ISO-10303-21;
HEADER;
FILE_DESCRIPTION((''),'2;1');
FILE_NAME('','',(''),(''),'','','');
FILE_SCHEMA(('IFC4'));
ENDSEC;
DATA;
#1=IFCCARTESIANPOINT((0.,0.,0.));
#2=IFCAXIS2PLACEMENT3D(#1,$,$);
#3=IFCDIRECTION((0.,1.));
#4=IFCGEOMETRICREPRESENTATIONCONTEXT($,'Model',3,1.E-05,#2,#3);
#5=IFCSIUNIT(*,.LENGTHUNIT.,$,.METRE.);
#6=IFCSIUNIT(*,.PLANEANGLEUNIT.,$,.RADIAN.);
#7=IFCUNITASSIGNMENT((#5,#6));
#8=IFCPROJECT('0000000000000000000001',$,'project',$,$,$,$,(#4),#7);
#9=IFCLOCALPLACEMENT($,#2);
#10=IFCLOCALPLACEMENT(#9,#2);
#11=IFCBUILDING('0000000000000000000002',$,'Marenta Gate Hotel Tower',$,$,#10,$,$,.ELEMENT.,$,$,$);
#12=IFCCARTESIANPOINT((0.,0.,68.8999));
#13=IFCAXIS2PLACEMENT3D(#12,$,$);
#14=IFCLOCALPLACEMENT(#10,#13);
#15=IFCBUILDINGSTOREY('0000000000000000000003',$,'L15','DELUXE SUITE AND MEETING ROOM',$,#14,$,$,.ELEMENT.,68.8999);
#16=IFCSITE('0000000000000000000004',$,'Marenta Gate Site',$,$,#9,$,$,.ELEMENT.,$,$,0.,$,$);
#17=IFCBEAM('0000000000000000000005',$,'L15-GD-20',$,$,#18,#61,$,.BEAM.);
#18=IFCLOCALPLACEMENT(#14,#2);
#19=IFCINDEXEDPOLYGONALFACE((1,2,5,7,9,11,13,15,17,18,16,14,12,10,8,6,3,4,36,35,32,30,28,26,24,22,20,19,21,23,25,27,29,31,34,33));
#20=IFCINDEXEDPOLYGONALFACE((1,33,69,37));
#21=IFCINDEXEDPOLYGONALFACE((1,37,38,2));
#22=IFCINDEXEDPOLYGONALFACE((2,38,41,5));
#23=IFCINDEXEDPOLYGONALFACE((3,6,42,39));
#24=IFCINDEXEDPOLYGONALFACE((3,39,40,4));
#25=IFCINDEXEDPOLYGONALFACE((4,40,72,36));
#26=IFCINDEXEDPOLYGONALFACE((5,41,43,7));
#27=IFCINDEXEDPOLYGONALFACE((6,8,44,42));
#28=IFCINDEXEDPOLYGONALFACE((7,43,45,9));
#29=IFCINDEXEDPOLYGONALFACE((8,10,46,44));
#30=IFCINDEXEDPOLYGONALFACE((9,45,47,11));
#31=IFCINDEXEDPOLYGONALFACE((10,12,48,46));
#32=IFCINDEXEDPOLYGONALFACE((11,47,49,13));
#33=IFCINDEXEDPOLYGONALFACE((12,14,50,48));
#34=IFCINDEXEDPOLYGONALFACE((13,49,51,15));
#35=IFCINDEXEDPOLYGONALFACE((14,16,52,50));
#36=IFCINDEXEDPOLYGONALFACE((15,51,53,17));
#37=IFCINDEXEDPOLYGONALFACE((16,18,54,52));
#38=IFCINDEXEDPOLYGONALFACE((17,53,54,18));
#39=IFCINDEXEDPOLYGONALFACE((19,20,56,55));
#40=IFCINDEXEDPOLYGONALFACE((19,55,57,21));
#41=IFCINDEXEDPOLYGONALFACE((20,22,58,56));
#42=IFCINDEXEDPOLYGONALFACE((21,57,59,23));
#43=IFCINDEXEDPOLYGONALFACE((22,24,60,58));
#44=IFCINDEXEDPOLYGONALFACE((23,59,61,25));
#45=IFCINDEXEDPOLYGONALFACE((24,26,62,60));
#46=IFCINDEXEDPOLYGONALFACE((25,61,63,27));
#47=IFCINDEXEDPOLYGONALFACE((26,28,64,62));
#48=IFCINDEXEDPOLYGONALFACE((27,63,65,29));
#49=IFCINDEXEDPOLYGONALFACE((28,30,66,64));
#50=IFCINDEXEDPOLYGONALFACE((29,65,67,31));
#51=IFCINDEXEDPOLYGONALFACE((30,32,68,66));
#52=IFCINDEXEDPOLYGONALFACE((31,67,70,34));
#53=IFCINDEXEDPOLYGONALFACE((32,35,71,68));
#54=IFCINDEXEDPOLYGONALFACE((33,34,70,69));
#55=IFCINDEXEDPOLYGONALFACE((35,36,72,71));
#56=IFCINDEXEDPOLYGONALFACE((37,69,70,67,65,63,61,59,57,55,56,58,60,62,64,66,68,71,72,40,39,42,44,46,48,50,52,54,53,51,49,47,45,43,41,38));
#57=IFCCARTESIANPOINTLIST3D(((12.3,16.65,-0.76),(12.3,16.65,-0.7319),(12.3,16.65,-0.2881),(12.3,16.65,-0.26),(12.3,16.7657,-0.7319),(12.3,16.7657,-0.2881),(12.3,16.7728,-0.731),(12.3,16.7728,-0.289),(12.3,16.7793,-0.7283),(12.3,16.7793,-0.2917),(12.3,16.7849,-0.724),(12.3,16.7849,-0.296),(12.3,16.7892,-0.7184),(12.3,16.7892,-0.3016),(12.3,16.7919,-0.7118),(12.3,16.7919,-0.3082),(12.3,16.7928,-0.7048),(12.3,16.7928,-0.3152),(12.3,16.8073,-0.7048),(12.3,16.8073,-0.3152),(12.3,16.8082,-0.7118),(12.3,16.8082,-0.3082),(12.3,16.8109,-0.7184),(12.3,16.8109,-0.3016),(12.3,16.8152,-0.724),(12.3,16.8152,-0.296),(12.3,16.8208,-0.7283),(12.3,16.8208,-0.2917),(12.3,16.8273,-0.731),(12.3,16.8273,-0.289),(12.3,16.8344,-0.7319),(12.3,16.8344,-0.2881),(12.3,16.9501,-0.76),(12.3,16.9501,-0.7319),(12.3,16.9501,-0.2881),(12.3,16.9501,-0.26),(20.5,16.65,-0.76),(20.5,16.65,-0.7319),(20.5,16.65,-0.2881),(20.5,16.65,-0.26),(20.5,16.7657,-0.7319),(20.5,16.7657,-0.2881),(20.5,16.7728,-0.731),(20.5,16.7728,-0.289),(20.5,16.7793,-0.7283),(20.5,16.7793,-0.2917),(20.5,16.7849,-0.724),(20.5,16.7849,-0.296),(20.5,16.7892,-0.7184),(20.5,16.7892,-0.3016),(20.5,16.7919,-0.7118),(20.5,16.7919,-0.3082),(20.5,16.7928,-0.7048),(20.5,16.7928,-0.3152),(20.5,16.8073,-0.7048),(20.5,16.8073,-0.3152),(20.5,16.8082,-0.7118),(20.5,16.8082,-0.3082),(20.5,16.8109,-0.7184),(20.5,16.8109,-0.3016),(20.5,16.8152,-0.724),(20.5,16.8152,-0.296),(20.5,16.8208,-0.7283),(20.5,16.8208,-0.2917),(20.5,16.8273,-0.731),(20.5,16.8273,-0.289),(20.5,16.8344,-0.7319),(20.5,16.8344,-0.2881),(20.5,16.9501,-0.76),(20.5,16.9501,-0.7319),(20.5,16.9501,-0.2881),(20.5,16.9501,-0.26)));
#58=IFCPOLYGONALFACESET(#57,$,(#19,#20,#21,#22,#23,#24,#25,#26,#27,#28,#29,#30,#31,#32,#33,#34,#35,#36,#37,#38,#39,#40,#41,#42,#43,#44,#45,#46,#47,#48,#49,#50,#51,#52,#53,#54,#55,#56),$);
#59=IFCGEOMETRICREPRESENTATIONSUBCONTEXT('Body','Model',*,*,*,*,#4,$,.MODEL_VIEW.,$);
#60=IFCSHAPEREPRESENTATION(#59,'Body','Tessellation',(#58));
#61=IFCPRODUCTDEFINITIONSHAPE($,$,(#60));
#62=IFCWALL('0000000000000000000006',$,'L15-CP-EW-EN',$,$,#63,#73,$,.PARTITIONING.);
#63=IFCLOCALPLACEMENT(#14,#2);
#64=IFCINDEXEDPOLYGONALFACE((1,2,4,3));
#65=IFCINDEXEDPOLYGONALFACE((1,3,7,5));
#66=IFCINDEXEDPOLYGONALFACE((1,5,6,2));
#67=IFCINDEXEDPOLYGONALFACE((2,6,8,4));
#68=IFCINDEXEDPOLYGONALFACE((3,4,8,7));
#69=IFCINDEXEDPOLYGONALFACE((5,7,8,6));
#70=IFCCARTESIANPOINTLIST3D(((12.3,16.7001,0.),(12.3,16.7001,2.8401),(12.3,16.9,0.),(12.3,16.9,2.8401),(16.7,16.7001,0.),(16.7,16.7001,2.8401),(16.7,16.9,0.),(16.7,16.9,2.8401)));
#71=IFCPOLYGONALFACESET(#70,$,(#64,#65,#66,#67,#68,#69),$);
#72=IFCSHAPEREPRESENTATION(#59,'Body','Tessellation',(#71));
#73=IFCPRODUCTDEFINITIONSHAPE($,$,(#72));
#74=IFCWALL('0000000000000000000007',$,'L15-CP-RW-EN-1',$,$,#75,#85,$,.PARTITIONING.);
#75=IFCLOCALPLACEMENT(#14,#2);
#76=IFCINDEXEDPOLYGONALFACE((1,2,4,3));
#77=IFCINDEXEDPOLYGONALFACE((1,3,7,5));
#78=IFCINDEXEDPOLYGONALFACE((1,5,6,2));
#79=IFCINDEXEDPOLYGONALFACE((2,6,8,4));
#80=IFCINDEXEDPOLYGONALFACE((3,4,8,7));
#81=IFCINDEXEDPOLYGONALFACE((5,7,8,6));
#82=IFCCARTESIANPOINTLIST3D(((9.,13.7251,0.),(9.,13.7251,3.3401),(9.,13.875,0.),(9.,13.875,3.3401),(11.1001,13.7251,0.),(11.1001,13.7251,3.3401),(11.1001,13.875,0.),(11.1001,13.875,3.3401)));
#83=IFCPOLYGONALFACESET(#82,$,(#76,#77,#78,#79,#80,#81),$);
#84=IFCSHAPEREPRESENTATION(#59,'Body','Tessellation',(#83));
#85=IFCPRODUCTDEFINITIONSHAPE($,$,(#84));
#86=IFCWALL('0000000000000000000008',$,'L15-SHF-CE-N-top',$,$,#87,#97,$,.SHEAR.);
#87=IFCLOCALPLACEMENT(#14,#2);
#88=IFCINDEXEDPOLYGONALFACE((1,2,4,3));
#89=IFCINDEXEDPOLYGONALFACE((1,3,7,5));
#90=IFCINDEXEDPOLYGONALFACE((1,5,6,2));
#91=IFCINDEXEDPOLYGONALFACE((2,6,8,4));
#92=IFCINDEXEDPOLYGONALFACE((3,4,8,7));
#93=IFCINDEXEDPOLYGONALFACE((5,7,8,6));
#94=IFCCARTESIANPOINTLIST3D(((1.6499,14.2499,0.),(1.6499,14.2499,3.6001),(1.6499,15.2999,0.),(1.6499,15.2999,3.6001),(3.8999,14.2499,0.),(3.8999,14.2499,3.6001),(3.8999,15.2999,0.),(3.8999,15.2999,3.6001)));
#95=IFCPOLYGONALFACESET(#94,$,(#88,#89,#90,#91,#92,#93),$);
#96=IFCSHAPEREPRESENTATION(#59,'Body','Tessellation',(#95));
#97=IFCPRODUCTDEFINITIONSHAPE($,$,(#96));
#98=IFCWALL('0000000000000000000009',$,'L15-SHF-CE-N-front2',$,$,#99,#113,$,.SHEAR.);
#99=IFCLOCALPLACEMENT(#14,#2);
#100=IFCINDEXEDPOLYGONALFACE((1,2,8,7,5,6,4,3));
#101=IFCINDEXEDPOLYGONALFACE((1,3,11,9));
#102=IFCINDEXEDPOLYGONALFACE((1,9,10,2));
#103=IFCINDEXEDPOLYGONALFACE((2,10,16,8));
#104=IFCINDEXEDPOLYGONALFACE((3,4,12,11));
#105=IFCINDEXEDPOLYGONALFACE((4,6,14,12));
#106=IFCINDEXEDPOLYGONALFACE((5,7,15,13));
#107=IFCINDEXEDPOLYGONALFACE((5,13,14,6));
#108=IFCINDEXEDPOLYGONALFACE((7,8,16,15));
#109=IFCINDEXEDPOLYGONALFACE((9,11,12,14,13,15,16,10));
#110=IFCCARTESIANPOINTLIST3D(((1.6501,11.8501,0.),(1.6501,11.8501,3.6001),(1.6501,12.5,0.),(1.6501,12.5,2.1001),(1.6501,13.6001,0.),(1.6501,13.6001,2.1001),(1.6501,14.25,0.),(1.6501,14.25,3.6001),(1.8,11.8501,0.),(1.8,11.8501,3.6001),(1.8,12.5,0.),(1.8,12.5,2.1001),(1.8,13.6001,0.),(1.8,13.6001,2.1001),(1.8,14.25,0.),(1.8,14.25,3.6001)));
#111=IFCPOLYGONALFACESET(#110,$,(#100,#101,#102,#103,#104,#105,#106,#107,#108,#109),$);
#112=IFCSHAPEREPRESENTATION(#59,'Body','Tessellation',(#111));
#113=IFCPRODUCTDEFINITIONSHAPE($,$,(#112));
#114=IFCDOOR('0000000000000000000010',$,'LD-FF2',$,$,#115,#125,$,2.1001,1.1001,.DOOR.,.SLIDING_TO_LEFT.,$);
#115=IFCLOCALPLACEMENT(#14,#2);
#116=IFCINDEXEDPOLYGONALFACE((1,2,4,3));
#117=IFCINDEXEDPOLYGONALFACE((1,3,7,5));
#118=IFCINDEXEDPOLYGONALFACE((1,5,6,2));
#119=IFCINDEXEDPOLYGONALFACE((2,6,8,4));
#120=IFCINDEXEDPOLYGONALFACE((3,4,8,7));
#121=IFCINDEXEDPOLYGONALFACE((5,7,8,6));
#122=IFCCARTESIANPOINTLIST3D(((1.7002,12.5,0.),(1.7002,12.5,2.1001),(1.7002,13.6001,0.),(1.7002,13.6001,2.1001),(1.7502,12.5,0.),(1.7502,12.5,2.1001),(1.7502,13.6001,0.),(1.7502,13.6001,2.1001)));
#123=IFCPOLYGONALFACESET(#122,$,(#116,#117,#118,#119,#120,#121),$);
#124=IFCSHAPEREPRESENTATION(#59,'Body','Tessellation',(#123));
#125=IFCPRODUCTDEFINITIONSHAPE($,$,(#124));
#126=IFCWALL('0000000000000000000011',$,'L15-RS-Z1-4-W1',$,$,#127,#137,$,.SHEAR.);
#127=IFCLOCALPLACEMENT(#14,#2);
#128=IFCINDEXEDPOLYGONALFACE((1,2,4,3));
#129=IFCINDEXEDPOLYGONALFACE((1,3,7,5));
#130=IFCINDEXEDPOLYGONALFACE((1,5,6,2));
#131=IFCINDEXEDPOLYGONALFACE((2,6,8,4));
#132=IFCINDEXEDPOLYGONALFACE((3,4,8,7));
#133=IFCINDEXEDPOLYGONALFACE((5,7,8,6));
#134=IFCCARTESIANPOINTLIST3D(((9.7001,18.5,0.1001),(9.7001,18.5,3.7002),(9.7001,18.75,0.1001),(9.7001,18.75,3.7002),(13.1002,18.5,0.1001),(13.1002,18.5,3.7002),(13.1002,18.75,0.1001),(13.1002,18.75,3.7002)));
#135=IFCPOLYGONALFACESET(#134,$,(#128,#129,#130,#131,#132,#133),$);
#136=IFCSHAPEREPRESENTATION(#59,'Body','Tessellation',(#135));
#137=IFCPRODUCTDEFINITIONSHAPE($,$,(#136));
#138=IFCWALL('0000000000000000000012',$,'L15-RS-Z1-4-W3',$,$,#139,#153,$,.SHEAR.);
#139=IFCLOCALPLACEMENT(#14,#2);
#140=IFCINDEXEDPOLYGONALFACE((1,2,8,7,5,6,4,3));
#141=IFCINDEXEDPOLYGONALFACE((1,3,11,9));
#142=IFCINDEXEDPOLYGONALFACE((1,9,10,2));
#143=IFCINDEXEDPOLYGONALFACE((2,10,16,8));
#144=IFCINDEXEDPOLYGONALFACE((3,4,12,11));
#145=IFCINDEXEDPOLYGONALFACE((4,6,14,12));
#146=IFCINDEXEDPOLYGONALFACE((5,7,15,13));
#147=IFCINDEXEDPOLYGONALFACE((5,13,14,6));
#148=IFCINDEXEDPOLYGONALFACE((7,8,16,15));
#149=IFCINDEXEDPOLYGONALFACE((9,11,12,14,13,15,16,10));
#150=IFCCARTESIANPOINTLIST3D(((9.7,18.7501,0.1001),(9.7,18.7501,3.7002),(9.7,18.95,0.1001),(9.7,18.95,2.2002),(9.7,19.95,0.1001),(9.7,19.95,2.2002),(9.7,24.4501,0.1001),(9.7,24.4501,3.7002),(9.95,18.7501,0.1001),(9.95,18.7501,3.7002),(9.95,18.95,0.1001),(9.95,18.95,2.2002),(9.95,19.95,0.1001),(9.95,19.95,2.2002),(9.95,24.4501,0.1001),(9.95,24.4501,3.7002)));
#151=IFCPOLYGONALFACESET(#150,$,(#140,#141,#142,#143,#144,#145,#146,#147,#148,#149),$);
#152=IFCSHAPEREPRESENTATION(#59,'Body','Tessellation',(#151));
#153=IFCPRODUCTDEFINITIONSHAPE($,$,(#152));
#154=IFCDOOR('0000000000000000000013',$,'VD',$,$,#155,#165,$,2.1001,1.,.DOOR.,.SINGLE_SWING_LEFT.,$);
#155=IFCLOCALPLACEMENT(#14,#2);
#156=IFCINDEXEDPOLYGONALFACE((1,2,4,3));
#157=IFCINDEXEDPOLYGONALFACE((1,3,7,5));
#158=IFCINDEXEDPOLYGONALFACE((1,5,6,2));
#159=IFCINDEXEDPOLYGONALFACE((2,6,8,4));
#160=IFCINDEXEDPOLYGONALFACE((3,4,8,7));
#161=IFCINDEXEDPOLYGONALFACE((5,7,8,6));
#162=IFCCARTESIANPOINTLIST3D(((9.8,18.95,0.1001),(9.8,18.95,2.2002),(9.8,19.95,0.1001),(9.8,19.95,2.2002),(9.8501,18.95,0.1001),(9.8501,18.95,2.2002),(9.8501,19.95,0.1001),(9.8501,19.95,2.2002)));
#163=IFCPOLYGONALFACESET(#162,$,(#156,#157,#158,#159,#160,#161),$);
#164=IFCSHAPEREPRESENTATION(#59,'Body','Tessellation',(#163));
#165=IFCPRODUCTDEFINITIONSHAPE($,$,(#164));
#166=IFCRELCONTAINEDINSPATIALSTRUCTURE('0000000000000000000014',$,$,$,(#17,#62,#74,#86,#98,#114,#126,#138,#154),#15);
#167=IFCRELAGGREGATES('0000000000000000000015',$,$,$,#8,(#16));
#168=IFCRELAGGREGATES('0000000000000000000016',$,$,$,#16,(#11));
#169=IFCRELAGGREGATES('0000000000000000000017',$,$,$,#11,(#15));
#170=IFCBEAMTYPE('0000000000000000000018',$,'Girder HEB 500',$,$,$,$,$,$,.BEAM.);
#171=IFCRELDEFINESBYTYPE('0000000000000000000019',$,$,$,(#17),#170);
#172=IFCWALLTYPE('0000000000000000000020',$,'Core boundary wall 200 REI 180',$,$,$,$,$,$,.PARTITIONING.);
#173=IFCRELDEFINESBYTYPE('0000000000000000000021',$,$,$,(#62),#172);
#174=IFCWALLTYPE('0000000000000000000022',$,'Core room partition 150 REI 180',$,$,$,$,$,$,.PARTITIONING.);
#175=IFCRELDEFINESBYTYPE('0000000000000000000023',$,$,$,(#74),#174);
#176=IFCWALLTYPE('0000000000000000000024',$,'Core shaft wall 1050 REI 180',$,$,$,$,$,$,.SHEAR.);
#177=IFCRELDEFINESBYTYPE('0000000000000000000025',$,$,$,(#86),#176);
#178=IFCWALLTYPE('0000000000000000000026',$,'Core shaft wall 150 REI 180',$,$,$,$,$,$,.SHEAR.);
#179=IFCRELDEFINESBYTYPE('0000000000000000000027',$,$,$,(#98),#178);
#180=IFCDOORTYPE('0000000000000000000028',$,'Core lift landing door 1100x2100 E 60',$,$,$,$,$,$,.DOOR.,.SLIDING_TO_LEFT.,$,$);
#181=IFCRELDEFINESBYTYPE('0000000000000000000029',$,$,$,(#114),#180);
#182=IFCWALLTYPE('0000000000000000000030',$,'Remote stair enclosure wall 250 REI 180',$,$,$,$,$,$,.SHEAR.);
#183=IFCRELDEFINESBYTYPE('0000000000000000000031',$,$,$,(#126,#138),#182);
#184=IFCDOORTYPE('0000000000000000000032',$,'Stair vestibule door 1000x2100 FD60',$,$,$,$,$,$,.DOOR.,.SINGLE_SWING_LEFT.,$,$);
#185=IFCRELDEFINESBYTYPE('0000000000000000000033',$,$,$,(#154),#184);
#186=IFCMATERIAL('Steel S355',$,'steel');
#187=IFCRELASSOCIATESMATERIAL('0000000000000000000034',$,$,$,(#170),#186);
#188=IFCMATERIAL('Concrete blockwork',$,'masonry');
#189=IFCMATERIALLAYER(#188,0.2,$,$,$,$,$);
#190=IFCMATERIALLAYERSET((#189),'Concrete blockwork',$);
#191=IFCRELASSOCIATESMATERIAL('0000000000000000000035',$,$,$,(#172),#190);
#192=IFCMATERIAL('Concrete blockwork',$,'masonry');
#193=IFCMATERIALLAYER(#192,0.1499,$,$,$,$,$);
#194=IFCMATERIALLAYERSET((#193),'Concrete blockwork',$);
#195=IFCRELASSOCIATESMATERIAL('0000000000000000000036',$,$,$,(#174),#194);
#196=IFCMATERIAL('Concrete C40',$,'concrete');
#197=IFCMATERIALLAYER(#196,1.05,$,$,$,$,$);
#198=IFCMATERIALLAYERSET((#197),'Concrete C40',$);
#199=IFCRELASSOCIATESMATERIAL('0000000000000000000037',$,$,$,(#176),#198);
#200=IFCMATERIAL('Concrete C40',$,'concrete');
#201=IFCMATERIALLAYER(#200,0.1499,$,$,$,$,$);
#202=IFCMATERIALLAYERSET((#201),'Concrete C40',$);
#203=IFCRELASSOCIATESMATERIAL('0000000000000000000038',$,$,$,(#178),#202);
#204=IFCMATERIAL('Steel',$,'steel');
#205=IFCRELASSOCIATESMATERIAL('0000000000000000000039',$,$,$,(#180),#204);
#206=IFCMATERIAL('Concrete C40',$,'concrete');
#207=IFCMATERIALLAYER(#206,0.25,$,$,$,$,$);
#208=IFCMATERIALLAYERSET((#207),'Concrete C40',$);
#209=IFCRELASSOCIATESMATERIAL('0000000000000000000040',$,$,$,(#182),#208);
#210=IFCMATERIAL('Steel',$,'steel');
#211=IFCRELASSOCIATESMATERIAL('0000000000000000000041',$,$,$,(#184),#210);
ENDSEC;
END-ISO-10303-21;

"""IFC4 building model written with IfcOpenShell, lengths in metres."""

from ifc_helpers import new_model, si_unit, direction, frame, frame_2d, origin, origin_2d, place, context, subcontext, project, spatial, rectangle, i_section, extrude, material, layer, layer_set, material_profile, profile_set, type_object, element, fill, save


model = new_model("IFC4")

# Units and contexts
model_context = context("Model", 3, precision=1e-05, world=origin(), true_north=direction((0.0, 1.0)))
body_context = subcontext(model_context, "Body", "Model", "MODEL_VIEW")
ifc_project = project(units=[si_unit("LENGTHUNIT", "METRE"), si_unit("PLANEANGLEUNIT", "RADIAN")], contexts=[model_context])

# Site, building, storey
site_placement = place(None, origin())
site = spatial("IfcSite", under=ifc_project, at=site_placement, Name="Marenta Gate Site", CompositionType="ELEMENT", RefElevation=0.0)
building_placement = place(site_placement, origin())
building = spatial("IfcBuilding", under=site, at=building_placement, Name="Marenta Gate Hotel Tower", CompositionType="ELEMENT")
storey_placement = place(building_placement, frame((0.0, 0.0, 68.8999)))
storey = spatial("IfcBuildingStorey", under=building, at=storey_placement, Name="L15", Description="DELUXE SUITE AND MEETING ROOM", CompositionType="ELEMENT", Elevation=68.8999)

# Beam
ifc_material_1 = material(Name="Steel S355", Category="steel")
ifc_material_profile = material_profile(ifc_material_1, i_section(OverallWidth=0.3, OverallDepth=0.5, WebThickness=0.0144, FlangeThickness=0.0281, FilletRadius=0.0271, at=origin_2d()), Name="HEB 500")
ifc_profile_set = profile_set([ifc_material_profile], Name="Steel S355")
beam_type = type_object("IfcBeamType", Name="Girder HEB 500", PredefinedType="BEAM", material=ifc_profile_set)
beam_placement = place(storey_placement, frame((12.3, 16.8, -0.51), z_axis=(1.0, 0.0, 0.0), x_axis=(0.0, 1.0, 0.0)))
element("IfcBeam", 1, at=beam_placement, inside=storey, type_object=beam_type, Name="L15-GD-20", PredefinedType="BEAM", context=body_context, shape_type="SweptSolid", body=[
    extrude(i_section(OverallWidth=0.3, OverallDepth=0.5, WebThickness=0.0144, FlangeThickness=0.0281, FilletRadius=0.0271, at=origin_2d()), origin(), (0.0, 0.0, 1.0), 8.2),
])

# Walls
ifc_material_2 = material(Name="Concrete blockwork", Category="masonry")
ifc_layer_1 = layer(ifc_material_2, 0.2)
ifc_layer_set_1 = layer_set([ifc_layer_1], Name="Concrete blockwork")
wall_type_1 = type_object("IfcWallType", Name="Core boundary wall 200 REI 180", PredefinedType="PARTITIONING", material=ifc_layer_set_1)
wall_1_placement = place(storey_placement, frame((12.3, 16.8, 0.0), z_axis=(0.0, 0.0, 1.0), x_axis=(1.0, 0.0, 0.0)))
element("IfcWall", 2, at=wall_1_placement, inside=storey, type_object=wall_type_1, Name="L15-CP-EW-EN", PredefinedType="PARTITIONING", context=body_context, shape_type="SweptSolid", body=[
    extrude(rectangle(XDim=4.3999, YDim=0.2, at=frame_2d((2.2, 0.0))), origin(), (0.0, 0.0, 1.0), 2.8401),
])
ifc_material_3 = material(Name="Concrete blockwork", Category="masonry")
ifc_layer_2 = layer(ifc_material_3, 0.1499)
ifc_layer_set_2 = layer_set([ifc_layer_2], Name="Concrete blockwork")
wall_type_2 = type_object("IfcWallType", Name="Core room partition 150 REI 180", PredefinedType="PARTITIONING", material=ifc_layer_set_2)
wall_2_placement = place(storey_placement, frame((9.0, 13.8, 0.0), z_axis=(0.0, 0.0, 1.0), x_axis=(1.0, 0.0, 0.0)))
element("IfcWall", 3, at=wall_2_placement, inside=storey, type_object=wall_type_2, Name="L15-CP-RW-EN-1", PredefinedType="PARTITIONING", context=body_context, shape_type="SweptSolid", body=[
    extrude(rectangle(XDim=2.1001, YDim=0.1499, at=frame_2d((1.05, 0.0))), origin(), (0.0, 0.0, 1.0), 3.3401),
])
ifc_material_4 = material(Name="Concrete C40", Category="concrete")
ifc_layer_3 = layer(ifc_material_4, 1.05)
ifc_layer_set_3 = layer_set([ifc_layer_3], Name="Concrete C40")
wall_type_3 = type_object("IfcWallType", Name="Core shaft wall 1050 REI 180", PredefinedType="SHEAR", material=ifc_layer_set_3)
wall_3_placement = place(storey_placement, frame((1.6499, 14.7749, 0.0), z_axis=(0.0, 0.0, 1.0), x_axis=(1.0, 0.0, 0.0)))
element("IfcWall", 4, at=wall_3_placement, inside=storey, type_object=wall_type_3, Name="L15-SHF-CE-N-top", PredefinedType="SHEAR", context=body_context, shape_type="SweptSolid", body=[
    extrude(rectangle(XDim=2.25, YDim=1.05, at=frame_2d((1.125, 0.0))), origin(), (0.0, 0.0, 1.0), 3.6001),
])

# Wall, opening, door
ifc_material_5 = material(Name="Concrete C40", Category="concrete")
ifc_layer_4 = layer(ifc_material_5, 0.1499)
ifc_layer_set_4 = layer_set([ifc_layer_4], Name="Concrete C40")
wall_type_4 = type_object("IfcWallType", Name="Core shaft wall 150 REI 180", PredefinedType="SHEAR", material=ifc_layer_set_4)
wall_4_placement = place(storey_placement, frame((1.7251, 11.8501, 0.0), z_axis=(0.0, 0.0, 1.0), x_axis=(0.0, 1.0, 0.0)))
wall_4 = element("IfcWall", 5, at=wall_4_placement, inside=storey, type_object=wall_type_4, Name="L15-SHF-CE-N-front2", PredefinedType="SHEAR", context=body_context, shape_type="SweptSolid", body=[
    extrude(rectangle(XDim=2.3999, YDim=0.1499, at=frame_2d((1.2, 0.0))), origin(), (0.0, 0.0, 1.0), 3.6001),
])
opening_1_placement = place(wall_4_placement, frame((0.6499, 0.0, 0.0)))
opening_1 = element("IfcOpeningElement", 6, at=opening_1_placement, cuts=wall_4, PredefinedType="OPENING", context=body_context, shape_type="SweptSolid", body=[
    extrude(rectangle(XDim=1.1001, YDim=2.1001, at=frame_2d((0.55, 1.05))), frame((0.0, 0.075, 0.0), z_axis=(0.0, -1.0, 0.0), x_axis=(1.0, 0.0, 0.0)), (0.0, 0.0, 1.0), 0.1499),
])
ifc_material_6 = material(Name="Steel", Category="steel")
door_type_1 = type_object("IfcDoorType", Name="Core lift landing door 1100x2100 E 60", OperationType="SLIDING_TO_LEFT", PredefinedType="DOOR", material=ifc_material_6)
door_1_placement = place(opening_1_placement, origin())
door_1 = element("IfcDoor", 7, at=door_1_placement, inside=storey, type_object=door_type_1, Name="LD-FF2", OperationType="SLIDING_TO_LEFT", OverallHeight=2.1001, OverallWidth=1.1001, PredefinedType="DOOR", context=body_context, shape_type="SweptSolid", body=[
    extrude(rectangle(XDim=1.1001, YDim=2.1001, at=frame_2d((0.55, 1.05))), frame((0.0, 0.0249, 0.0), z_axis=(0.0, -1.0, 0.0), x_axis=(1.0, 0.0, 0.0)), (0.0, 0.0, 1.0), 0.05),
])
fill(opening_1, door_1)

# Wall
ifc_material_7 = material(Name="Concrete C40", Category="concrete")
ifc_layer_5 = layer(ifc_material_7, 0.25)
ifc_layer_set_5 = layer_set([ifc_layer_5], Name="Concrete C40")
wall_type_5 = type_object("IfcWallType", Name="Remote stair enclosure wall 250 REI 180", PredefinedType="SHEAR", material=ifc_layer_set_5)
wall_5_placement = place(storey_placement, frame((9.7, 18.625, 0.1001), z_axis=(0.0, 0.0, 1.0), x_axis=(1.0, 0.0, 0.0)))
element("IfcWall", 8, at=wall_5_placement, inside=storey, type_object=wall_type_5, Name="L15-RS-Z1-4-W1", PredefinedType="SHEAR", context=body_context, shape_type="SweptSolid", body=[
    extrude(rectangle(XDim=3.4001, YDim=0.25, at=frame_2d((1.7002, 0.0))), origin(), (0.0, 0.0, 1.0), 3.6001),
])

# Wall, opening, door
wall_6_placement = place(storey_placement, frame((9.825, 18.75, 0.1001), z_axis=(0.0, 0.0, 1.0), x_axis=(0.0, 1.0, 0.0)))
wall_6 = element("IfcWall", 9, at=wall_6_placement, inside=storey, type_object=wall_type_5, Name="L15-RS-Z1-4-W3", PredefinedType="SHEAR", context=body_context, shape_type="SweptSolid", body=[
    extrude(rectangle(XDim=5.7, YDim=0.25, at=frame_2d((2.8501, 0.0))), origin(), (0.0, 0.0, 1.0), 3.6001),
])
opening_2_placement = place(wall_6_placement, frame((0.2, 0.0, 0.0)))
opening_2 = element("IfcOpeningElement", 10, at=opening_2_placement, cuts=wall_6, PredefinedType="OPENING", context=body_context, shape_type="SweptSolid", body=[
    extrude(rectangle(XDim=1.0, YDim=2.1001, at=frame_2d((0.5, 1.05))), frame((0.0, 0.125, 0.0), z_axis=(0.0, -1.0, 0.0), x_axis=(1.0, 0.0, 0.0)), (0.0, 0.0, 1.0), 0.25),
])
ifc_material_8 = material(Name="Steel", Category="steel")
door_type_2 = type_object("IfcDoorType", Name="Stair vestibule door 1000x2100 FD60", OperationType="SINGLE_SWING_LEFT", PredefinedType="DOOR", material=ifc_material_8)
door_2_placement = place(opening_2_placement, origin())
door_2 = element("IfcDoor", 11, at=door_2_placement, inside=storey, type_object=door_type_2, Name="VD", OperationType="SINGLE_SWING_LEFT", OverallHeight=2.1001, OverallWidth=1.0, PredefinedType="DOOR", context=body_context, shape_type="SweptSolid", body=[
    extrude(rectangle(XDim=1.0, YDim=2.1001, at=frame_2d((0.5, 1.05))), frame((0.0, 0.0249, 0.0), z_axis=(0.0, -1.0, 0.0), x_axis=(1.0, 0.0, 0.0)), (0.0, 0.0, 1.0), 0.05),
])
fill(opening_2, door_2)

save(model, "model.ifc")
